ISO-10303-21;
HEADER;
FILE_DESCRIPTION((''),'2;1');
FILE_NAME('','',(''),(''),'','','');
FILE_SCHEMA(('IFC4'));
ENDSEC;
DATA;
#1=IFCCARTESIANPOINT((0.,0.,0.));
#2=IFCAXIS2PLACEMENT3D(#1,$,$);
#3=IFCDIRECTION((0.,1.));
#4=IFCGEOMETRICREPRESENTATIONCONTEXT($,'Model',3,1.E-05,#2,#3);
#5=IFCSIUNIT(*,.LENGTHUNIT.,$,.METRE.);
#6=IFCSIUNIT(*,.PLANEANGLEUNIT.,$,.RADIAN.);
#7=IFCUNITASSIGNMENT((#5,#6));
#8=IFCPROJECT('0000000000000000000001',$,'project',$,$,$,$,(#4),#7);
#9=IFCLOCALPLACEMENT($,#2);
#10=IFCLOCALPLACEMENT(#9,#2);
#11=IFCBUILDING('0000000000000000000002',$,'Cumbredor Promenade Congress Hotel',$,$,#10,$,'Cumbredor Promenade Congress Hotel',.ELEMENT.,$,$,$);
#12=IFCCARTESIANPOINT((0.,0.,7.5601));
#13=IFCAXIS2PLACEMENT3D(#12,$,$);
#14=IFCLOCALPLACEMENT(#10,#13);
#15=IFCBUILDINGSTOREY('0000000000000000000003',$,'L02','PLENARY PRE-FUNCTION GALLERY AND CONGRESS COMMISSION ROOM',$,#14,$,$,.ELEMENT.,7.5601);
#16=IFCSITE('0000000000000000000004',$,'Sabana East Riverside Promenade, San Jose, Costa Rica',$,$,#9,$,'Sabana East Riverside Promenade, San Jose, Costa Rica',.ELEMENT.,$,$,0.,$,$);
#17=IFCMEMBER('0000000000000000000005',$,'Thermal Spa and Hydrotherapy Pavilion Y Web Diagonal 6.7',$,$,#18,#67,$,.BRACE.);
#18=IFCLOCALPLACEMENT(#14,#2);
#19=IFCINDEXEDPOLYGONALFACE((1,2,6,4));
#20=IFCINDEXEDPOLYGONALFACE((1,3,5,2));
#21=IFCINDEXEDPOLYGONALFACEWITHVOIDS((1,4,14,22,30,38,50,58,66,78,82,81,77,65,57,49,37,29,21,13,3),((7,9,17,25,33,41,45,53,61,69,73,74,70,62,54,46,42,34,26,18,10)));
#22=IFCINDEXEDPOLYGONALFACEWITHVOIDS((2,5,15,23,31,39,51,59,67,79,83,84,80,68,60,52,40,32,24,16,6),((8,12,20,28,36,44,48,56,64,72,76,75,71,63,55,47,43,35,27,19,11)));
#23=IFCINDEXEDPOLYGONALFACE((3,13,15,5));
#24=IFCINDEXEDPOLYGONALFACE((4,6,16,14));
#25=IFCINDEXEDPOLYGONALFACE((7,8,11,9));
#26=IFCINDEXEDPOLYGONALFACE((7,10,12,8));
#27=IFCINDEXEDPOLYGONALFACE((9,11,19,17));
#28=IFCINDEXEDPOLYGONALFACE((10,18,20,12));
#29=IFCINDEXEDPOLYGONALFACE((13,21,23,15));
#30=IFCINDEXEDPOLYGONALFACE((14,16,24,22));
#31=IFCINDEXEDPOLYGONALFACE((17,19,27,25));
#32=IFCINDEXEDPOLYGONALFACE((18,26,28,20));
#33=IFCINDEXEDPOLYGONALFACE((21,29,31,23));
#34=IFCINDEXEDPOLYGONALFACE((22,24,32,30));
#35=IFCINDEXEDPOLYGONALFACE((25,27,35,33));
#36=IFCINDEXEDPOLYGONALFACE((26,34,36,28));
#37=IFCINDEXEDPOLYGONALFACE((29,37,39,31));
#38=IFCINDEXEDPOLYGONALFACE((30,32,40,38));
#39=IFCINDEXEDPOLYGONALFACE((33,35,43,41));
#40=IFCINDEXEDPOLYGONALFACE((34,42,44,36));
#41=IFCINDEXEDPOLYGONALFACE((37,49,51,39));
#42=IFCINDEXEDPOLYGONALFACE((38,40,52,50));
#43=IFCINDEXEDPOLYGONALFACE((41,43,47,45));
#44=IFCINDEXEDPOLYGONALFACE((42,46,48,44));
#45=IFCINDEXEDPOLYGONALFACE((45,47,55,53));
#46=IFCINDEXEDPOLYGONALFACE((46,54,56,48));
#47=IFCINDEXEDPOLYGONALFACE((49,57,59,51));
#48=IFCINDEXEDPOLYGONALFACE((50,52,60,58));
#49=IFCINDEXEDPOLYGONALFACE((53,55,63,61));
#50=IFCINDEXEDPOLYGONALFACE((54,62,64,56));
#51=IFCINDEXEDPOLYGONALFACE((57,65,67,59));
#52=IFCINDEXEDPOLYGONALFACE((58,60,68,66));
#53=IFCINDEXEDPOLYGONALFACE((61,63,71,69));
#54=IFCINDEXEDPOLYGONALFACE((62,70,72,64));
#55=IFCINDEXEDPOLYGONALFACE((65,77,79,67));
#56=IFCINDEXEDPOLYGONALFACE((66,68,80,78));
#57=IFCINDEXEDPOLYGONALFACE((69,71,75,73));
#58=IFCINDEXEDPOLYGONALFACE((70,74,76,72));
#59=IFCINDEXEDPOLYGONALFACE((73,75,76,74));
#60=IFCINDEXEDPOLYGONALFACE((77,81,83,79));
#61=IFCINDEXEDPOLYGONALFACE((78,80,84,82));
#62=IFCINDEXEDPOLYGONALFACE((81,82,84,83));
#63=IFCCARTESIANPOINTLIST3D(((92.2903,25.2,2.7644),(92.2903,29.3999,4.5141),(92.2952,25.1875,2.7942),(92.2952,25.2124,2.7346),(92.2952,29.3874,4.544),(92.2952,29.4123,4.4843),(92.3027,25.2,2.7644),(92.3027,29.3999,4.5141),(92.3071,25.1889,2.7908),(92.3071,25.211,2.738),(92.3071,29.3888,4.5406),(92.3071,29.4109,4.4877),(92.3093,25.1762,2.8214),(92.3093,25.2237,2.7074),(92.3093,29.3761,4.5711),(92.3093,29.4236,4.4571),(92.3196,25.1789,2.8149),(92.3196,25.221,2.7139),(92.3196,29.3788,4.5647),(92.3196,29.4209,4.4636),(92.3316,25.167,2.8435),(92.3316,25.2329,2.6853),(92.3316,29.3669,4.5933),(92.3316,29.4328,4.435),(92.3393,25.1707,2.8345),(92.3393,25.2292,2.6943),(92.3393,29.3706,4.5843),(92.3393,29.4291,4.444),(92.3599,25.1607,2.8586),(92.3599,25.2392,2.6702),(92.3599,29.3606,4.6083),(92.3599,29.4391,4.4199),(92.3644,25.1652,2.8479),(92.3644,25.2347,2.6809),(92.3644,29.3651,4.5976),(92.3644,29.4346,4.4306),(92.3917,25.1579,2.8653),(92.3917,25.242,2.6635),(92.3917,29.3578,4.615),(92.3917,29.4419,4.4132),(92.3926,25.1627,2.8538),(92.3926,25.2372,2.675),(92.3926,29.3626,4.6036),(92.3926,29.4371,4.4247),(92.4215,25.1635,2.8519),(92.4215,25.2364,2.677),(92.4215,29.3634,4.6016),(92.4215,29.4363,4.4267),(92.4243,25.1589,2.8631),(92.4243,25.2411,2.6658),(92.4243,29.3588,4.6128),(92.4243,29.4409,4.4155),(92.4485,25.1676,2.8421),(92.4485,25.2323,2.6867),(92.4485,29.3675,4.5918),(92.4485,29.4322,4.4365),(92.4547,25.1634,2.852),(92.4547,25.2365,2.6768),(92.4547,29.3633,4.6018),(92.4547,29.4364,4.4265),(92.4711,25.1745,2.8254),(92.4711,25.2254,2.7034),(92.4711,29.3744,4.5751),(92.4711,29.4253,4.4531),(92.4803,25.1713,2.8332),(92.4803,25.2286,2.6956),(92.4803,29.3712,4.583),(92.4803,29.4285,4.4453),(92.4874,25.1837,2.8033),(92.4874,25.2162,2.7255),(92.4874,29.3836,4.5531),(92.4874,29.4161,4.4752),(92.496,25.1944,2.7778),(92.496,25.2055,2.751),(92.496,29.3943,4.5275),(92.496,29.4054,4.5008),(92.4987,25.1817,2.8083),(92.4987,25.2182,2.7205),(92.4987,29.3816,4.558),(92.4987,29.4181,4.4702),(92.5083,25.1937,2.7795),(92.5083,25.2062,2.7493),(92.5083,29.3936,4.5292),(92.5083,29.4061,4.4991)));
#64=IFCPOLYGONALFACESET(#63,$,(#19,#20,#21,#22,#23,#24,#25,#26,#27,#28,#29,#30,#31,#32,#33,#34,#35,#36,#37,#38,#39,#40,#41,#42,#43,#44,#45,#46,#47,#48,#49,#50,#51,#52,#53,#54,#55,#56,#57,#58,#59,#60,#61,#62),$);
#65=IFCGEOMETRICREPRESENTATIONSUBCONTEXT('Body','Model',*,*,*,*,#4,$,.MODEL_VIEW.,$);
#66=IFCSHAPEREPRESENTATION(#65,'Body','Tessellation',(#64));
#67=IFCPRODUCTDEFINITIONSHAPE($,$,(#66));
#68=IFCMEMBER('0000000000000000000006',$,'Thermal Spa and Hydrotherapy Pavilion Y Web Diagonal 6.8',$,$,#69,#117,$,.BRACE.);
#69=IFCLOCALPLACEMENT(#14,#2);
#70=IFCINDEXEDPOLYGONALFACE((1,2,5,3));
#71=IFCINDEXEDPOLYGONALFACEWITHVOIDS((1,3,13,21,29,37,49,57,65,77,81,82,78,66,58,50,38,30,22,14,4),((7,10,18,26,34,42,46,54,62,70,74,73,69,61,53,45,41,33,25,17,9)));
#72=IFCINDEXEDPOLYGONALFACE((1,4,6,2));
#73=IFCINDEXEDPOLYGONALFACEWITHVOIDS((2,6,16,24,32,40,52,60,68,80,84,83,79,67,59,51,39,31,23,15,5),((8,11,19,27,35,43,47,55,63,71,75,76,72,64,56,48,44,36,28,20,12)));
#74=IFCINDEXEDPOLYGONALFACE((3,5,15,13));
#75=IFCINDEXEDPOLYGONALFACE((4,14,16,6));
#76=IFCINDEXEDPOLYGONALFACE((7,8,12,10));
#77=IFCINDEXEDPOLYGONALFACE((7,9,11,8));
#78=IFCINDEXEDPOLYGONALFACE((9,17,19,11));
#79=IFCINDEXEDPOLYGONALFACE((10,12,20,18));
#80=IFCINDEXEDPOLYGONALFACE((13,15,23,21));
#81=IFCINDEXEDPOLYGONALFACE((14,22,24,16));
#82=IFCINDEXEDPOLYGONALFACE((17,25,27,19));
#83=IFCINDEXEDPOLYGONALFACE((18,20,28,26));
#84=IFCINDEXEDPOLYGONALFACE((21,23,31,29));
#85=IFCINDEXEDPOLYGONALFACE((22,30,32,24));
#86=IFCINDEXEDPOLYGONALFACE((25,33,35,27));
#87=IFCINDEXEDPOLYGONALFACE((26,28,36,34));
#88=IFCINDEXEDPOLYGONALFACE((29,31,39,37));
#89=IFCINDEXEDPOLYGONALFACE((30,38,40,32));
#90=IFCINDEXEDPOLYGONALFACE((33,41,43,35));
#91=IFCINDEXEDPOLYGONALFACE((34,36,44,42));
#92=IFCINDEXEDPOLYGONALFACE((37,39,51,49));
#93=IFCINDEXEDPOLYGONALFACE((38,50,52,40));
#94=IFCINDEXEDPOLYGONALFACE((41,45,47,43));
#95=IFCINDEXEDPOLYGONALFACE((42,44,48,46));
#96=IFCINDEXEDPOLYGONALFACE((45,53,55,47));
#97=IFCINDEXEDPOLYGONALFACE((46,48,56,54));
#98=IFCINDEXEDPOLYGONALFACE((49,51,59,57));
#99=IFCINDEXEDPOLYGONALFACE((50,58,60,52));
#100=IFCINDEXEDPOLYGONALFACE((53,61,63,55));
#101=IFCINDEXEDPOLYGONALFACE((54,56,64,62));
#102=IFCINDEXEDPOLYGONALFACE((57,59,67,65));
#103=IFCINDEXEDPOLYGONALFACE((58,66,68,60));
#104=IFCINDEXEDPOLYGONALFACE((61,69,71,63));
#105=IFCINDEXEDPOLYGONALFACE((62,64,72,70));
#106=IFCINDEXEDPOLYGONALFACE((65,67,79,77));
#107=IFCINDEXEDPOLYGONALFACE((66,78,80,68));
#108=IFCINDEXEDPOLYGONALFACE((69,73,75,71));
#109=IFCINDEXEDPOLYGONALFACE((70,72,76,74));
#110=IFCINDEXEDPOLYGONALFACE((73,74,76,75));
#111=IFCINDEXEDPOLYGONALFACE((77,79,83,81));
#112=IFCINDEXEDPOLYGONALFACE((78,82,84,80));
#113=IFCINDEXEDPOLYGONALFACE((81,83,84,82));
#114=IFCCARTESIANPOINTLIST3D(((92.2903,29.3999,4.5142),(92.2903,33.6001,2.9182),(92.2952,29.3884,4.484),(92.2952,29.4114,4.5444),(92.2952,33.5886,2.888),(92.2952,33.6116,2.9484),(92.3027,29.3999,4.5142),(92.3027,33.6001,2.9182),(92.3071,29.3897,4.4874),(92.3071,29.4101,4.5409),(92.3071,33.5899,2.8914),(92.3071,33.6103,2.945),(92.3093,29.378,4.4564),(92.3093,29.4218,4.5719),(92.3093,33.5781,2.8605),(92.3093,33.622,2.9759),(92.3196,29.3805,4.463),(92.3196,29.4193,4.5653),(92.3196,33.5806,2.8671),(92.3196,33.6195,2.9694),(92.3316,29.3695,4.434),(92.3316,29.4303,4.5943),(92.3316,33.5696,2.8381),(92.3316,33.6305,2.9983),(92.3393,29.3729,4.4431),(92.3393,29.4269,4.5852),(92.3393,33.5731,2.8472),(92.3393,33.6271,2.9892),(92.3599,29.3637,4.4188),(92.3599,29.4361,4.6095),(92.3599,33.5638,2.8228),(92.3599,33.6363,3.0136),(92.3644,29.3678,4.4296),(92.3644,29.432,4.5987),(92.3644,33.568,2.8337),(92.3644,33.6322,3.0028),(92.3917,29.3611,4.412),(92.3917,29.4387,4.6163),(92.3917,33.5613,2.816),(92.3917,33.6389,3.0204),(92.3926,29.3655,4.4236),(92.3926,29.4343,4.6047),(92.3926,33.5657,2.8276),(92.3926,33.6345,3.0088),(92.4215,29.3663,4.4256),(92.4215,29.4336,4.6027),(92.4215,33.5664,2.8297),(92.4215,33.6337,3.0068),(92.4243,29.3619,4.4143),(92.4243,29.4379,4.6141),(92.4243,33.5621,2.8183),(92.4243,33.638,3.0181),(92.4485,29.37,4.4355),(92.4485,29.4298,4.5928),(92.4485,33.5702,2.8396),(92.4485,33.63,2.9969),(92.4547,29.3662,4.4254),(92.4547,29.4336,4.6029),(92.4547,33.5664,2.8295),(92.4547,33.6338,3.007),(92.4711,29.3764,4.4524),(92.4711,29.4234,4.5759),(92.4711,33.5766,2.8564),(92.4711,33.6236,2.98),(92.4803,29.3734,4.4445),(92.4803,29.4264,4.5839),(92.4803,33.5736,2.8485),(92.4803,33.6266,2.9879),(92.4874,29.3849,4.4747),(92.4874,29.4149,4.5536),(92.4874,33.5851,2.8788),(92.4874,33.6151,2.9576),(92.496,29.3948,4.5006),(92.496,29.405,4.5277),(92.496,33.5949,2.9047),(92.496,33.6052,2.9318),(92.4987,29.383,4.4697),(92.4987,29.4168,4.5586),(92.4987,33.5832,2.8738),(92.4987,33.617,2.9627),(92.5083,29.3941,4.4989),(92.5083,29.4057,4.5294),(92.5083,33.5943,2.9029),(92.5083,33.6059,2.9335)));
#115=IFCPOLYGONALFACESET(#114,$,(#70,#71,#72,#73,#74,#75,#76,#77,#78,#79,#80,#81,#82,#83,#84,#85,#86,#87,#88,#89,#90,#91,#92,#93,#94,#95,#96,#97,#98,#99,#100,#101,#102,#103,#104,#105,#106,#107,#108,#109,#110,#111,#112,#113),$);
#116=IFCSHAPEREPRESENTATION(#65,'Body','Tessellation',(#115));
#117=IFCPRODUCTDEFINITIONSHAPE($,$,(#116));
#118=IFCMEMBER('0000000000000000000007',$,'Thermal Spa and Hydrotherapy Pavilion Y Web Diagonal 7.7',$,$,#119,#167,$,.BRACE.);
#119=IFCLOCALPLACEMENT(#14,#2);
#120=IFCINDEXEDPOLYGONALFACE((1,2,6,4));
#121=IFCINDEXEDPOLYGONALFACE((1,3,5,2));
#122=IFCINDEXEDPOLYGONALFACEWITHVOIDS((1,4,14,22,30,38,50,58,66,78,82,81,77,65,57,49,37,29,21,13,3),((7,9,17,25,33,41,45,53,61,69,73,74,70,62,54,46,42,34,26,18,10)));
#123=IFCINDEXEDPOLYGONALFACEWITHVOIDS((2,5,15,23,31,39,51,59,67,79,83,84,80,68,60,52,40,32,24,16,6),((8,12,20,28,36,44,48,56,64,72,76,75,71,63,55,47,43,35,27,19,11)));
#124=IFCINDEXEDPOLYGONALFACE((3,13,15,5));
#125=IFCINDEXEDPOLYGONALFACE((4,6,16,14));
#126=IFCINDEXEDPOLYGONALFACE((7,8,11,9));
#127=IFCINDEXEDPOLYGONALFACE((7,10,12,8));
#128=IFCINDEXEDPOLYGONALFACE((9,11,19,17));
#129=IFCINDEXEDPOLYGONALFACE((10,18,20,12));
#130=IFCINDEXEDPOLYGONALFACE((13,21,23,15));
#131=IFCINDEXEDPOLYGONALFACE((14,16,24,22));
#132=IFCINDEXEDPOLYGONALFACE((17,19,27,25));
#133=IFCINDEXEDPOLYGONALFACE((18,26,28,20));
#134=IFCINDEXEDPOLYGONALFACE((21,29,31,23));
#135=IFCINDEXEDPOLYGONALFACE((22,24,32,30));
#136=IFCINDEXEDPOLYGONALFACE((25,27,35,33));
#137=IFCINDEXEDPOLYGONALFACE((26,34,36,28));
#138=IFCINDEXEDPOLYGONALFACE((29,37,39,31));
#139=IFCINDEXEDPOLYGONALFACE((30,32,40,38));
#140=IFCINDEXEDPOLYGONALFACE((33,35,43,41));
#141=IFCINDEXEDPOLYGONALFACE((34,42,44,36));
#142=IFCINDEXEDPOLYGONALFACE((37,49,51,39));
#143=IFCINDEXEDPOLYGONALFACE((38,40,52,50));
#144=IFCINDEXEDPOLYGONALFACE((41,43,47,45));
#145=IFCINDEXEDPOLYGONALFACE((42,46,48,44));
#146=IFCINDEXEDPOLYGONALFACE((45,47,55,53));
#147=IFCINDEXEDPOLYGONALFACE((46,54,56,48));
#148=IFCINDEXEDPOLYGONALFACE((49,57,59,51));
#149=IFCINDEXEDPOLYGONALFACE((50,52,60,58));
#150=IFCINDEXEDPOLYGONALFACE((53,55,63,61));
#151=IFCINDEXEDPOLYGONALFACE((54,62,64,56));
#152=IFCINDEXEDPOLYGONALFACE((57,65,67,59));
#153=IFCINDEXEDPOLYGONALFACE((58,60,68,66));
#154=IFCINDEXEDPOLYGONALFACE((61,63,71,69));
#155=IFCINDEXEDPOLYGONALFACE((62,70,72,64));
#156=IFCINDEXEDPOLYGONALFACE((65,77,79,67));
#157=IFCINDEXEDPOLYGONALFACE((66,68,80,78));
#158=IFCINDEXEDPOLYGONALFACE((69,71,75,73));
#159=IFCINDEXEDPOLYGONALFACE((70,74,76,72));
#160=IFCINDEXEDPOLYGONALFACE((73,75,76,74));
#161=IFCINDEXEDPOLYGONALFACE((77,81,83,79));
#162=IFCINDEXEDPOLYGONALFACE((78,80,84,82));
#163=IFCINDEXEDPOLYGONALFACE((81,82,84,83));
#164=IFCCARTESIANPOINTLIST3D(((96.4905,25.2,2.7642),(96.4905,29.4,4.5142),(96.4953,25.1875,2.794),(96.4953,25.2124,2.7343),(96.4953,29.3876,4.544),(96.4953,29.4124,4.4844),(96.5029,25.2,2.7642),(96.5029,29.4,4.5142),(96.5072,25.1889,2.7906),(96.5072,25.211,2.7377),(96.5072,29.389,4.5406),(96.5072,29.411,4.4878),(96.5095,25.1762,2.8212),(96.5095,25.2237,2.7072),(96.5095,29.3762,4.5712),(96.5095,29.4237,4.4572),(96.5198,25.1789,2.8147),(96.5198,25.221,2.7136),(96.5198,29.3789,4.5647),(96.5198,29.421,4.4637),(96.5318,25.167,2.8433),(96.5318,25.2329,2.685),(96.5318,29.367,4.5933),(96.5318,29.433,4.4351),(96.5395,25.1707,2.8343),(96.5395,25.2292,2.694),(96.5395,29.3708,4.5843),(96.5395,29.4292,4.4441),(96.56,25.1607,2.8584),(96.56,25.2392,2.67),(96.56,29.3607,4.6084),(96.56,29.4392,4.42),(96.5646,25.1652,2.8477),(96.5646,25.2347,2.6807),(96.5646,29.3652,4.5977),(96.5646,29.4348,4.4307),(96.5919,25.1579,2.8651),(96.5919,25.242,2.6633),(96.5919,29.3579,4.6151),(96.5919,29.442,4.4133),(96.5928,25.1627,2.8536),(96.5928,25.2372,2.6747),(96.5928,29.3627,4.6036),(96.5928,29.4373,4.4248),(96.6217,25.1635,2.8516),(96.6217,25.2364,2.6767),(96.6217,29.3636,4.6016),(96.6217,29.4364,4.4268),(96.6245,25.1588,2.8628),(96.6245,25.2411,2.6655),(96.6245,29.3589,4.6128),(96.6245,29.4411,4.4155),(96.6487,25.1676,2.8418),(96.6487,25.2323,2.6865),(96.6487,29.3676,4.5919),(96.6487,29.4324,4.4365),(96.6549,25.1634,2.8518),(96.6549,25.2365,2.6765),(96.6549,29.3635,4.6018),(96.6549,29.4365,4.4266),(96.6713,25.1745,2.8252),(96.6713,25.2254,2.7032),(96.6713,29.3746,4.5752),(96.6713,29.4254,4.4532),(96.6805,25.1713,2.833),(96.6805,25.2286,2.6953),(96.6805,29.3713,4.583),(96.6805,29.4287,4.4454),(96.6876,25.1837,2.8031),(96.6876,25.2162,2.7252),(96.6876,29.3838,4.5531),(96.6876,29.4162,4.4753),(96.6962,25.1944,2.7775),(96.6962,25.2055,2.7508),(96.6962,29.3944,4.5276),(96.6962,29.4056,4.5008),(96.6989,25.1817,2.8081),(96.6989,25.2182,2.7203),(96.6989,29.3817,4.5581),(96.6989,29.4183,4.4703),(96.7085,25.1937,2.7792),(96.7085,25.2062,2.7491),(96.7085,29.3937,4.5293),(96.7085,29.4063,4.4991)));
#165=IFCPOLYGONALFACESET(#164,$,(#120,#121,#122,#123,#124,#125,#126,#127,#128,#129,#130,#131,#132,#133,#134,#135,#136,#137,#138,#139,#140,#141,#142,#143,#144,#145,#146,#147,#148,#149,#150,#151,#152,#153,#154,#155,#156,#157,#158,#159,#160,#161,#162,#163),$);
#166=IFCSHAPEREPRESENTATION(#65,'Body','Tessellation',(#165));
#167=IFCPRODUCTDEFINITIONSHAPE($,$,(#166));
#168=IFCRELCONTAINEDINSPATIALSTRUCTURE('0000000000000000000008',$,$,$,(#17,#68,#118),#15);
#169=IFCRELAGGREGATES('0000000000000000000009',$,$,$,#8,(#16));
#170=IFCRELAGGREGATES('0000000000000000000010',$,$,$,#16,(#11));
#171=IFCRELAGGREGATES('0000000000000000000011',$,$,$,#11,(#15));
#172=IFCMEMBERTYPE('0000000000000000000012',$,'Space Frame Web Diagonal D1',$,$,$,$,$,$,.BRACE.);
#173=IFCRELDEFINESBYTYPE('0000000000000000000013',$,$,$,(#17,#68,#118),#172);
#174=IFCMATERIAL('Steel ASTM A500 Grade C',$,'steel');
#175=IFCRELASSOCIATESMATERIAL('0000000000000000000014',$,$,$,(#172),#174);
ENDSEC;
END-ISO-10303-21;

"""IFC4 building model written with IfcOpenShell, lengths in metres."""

from ifc_helpers import new_model, si_unit, direction, frame, origin, origin_2d, place, context, subcontext, project, spatial, hollow_circle, extrude, material, material_profile, profile_set, type_object, element, save


model = new_model("IFC4")

# Units and contexts
model_context = context("Model", 3, precision=1e-05, world=origin(), true_north=direction((0.0, 1.0)))
body_context = subcontext(model_context, "Body", "Model", "MODEL_VIEW")
ifc_project = project(units=[si_unit("LENGTHUNIT", "METRE"), si_unit("PLANEANGLEUNIT", "RADIAN")], contexts=[model_context])

# Site, building, storey
site_placement = place(None, origin())
site = spatial("IfcSite", under=ifc_project, at=site_placement, Name="Sabana East Riverside Promenade, San Jose, Costa Rica", LongName="Sabana East Riverside Promenade, San Jose, Costa Rica", CompositionType="ELEMENT", RefElevation=0.0)
building_placement = place(site_placement, origin())
building = spatial("IfcBuilding", under=site, at=building_placement, Name="Cumbredor Promenade Congress Hotel", LongName="Cumbredor Promenade Congress Hotel", CompositionType="ELEMENT")
storey_placement = place(building_placement, frame((0.0, 0.0, 7.5601)))
storey = spatial("IfcBuildingStorey", under=building, at=storey_placement, Name="L02", Description="PLENARY PRE-FUNCTION GALLERY AND CONGRESS COMMISSION ROOM", CompositionType="ELEMENT", Elevation=7.5601)

# Members
ifc_material_1 = material(Name="Steel ASTM A500 Grade C", Category="steel")
ifc_material_profile_1 = material_profile(ifc_material_1, hollow_circle(Radius=0.1096, WallThickness=0.0125, at=origin_2d()), Name="CHS 219.1x12.5")
ifc_profile_set_1 = profile_set([ifc_material_profile_1], Name="Steel ASTM A500 Grade C")
member_type_1 = type_object("IfcMemberType", Name="Space Frame Web Diagonal D1", PredefinedType="BRACE", material=ifc_profile_set_1)
member_1_placement = place(storey_placement, frame((92.3999, 25.2, 2.7644), z_axis=(0.0, 0.923094, 0.384573), x_axis=(-1.0, 0.0, 0.0)))
element("IfcMember", 1, at=member_1_placement, inside=storey, type_object=member_type_1, Name="Thermal Spa and Hydrotherapy Pavilion Y Web Diagonal 6.7", PredefinedType="BRACE", context=body_context, shape_type="SweptSolid", body=[
    extrude(hollow_circle(Radius=0.1096, WallThickness=0.0125, at=origin_2d()), origin(), (0.0, 0.0, 1.0), 4.5498),
])
member_2_placement = place(storey_placement, frame((92.3999, 29.3999, 4.5142), z_axis=(0.0, 0.934793, -0.355193), x_axis=(-1.0, 0.0, 0.0)))
element("IfcMember", 2, at=member_2_placement, inside=storey, type_object=member_type_1, Name="Thermal Spa and Hydrotherapy Pavilion Y Web Diagonal 6.8", PredefinedType="BRACE", context=body_context, shape_type="SweptSolid", body=[
    extrude(hollow_circle(Radius=0.1096, WallThickness=0.0125, at=origin_2d()), origin(), (0.0, 0.0, 1.0), 4.4932),
])
member_3_placement = place(storey_placement, frame((96.6001, 25.2, 2.7642), z_axis=(0.0, 0.923075, 0.384619), x_axis=(-1.0, 0.0, 0.0)))
element("IfcMember", 3, at=member_3_placement, inside=storey, type_object=member_type_1, Name="Thermal Spa and Hydrotherapy Pavilion Y Web Diagonal 7.7", PredefinedType="BRACE", context=body_context, shape_type="SweptSolid", body=[
    extrude(hollow_circle(Radius=0.1096, WallThickness=0.0125, at=origin_2d()), origin(), (0.0, 0.0, 1.0), 4.55),
])

save(model, "model.ifc")
